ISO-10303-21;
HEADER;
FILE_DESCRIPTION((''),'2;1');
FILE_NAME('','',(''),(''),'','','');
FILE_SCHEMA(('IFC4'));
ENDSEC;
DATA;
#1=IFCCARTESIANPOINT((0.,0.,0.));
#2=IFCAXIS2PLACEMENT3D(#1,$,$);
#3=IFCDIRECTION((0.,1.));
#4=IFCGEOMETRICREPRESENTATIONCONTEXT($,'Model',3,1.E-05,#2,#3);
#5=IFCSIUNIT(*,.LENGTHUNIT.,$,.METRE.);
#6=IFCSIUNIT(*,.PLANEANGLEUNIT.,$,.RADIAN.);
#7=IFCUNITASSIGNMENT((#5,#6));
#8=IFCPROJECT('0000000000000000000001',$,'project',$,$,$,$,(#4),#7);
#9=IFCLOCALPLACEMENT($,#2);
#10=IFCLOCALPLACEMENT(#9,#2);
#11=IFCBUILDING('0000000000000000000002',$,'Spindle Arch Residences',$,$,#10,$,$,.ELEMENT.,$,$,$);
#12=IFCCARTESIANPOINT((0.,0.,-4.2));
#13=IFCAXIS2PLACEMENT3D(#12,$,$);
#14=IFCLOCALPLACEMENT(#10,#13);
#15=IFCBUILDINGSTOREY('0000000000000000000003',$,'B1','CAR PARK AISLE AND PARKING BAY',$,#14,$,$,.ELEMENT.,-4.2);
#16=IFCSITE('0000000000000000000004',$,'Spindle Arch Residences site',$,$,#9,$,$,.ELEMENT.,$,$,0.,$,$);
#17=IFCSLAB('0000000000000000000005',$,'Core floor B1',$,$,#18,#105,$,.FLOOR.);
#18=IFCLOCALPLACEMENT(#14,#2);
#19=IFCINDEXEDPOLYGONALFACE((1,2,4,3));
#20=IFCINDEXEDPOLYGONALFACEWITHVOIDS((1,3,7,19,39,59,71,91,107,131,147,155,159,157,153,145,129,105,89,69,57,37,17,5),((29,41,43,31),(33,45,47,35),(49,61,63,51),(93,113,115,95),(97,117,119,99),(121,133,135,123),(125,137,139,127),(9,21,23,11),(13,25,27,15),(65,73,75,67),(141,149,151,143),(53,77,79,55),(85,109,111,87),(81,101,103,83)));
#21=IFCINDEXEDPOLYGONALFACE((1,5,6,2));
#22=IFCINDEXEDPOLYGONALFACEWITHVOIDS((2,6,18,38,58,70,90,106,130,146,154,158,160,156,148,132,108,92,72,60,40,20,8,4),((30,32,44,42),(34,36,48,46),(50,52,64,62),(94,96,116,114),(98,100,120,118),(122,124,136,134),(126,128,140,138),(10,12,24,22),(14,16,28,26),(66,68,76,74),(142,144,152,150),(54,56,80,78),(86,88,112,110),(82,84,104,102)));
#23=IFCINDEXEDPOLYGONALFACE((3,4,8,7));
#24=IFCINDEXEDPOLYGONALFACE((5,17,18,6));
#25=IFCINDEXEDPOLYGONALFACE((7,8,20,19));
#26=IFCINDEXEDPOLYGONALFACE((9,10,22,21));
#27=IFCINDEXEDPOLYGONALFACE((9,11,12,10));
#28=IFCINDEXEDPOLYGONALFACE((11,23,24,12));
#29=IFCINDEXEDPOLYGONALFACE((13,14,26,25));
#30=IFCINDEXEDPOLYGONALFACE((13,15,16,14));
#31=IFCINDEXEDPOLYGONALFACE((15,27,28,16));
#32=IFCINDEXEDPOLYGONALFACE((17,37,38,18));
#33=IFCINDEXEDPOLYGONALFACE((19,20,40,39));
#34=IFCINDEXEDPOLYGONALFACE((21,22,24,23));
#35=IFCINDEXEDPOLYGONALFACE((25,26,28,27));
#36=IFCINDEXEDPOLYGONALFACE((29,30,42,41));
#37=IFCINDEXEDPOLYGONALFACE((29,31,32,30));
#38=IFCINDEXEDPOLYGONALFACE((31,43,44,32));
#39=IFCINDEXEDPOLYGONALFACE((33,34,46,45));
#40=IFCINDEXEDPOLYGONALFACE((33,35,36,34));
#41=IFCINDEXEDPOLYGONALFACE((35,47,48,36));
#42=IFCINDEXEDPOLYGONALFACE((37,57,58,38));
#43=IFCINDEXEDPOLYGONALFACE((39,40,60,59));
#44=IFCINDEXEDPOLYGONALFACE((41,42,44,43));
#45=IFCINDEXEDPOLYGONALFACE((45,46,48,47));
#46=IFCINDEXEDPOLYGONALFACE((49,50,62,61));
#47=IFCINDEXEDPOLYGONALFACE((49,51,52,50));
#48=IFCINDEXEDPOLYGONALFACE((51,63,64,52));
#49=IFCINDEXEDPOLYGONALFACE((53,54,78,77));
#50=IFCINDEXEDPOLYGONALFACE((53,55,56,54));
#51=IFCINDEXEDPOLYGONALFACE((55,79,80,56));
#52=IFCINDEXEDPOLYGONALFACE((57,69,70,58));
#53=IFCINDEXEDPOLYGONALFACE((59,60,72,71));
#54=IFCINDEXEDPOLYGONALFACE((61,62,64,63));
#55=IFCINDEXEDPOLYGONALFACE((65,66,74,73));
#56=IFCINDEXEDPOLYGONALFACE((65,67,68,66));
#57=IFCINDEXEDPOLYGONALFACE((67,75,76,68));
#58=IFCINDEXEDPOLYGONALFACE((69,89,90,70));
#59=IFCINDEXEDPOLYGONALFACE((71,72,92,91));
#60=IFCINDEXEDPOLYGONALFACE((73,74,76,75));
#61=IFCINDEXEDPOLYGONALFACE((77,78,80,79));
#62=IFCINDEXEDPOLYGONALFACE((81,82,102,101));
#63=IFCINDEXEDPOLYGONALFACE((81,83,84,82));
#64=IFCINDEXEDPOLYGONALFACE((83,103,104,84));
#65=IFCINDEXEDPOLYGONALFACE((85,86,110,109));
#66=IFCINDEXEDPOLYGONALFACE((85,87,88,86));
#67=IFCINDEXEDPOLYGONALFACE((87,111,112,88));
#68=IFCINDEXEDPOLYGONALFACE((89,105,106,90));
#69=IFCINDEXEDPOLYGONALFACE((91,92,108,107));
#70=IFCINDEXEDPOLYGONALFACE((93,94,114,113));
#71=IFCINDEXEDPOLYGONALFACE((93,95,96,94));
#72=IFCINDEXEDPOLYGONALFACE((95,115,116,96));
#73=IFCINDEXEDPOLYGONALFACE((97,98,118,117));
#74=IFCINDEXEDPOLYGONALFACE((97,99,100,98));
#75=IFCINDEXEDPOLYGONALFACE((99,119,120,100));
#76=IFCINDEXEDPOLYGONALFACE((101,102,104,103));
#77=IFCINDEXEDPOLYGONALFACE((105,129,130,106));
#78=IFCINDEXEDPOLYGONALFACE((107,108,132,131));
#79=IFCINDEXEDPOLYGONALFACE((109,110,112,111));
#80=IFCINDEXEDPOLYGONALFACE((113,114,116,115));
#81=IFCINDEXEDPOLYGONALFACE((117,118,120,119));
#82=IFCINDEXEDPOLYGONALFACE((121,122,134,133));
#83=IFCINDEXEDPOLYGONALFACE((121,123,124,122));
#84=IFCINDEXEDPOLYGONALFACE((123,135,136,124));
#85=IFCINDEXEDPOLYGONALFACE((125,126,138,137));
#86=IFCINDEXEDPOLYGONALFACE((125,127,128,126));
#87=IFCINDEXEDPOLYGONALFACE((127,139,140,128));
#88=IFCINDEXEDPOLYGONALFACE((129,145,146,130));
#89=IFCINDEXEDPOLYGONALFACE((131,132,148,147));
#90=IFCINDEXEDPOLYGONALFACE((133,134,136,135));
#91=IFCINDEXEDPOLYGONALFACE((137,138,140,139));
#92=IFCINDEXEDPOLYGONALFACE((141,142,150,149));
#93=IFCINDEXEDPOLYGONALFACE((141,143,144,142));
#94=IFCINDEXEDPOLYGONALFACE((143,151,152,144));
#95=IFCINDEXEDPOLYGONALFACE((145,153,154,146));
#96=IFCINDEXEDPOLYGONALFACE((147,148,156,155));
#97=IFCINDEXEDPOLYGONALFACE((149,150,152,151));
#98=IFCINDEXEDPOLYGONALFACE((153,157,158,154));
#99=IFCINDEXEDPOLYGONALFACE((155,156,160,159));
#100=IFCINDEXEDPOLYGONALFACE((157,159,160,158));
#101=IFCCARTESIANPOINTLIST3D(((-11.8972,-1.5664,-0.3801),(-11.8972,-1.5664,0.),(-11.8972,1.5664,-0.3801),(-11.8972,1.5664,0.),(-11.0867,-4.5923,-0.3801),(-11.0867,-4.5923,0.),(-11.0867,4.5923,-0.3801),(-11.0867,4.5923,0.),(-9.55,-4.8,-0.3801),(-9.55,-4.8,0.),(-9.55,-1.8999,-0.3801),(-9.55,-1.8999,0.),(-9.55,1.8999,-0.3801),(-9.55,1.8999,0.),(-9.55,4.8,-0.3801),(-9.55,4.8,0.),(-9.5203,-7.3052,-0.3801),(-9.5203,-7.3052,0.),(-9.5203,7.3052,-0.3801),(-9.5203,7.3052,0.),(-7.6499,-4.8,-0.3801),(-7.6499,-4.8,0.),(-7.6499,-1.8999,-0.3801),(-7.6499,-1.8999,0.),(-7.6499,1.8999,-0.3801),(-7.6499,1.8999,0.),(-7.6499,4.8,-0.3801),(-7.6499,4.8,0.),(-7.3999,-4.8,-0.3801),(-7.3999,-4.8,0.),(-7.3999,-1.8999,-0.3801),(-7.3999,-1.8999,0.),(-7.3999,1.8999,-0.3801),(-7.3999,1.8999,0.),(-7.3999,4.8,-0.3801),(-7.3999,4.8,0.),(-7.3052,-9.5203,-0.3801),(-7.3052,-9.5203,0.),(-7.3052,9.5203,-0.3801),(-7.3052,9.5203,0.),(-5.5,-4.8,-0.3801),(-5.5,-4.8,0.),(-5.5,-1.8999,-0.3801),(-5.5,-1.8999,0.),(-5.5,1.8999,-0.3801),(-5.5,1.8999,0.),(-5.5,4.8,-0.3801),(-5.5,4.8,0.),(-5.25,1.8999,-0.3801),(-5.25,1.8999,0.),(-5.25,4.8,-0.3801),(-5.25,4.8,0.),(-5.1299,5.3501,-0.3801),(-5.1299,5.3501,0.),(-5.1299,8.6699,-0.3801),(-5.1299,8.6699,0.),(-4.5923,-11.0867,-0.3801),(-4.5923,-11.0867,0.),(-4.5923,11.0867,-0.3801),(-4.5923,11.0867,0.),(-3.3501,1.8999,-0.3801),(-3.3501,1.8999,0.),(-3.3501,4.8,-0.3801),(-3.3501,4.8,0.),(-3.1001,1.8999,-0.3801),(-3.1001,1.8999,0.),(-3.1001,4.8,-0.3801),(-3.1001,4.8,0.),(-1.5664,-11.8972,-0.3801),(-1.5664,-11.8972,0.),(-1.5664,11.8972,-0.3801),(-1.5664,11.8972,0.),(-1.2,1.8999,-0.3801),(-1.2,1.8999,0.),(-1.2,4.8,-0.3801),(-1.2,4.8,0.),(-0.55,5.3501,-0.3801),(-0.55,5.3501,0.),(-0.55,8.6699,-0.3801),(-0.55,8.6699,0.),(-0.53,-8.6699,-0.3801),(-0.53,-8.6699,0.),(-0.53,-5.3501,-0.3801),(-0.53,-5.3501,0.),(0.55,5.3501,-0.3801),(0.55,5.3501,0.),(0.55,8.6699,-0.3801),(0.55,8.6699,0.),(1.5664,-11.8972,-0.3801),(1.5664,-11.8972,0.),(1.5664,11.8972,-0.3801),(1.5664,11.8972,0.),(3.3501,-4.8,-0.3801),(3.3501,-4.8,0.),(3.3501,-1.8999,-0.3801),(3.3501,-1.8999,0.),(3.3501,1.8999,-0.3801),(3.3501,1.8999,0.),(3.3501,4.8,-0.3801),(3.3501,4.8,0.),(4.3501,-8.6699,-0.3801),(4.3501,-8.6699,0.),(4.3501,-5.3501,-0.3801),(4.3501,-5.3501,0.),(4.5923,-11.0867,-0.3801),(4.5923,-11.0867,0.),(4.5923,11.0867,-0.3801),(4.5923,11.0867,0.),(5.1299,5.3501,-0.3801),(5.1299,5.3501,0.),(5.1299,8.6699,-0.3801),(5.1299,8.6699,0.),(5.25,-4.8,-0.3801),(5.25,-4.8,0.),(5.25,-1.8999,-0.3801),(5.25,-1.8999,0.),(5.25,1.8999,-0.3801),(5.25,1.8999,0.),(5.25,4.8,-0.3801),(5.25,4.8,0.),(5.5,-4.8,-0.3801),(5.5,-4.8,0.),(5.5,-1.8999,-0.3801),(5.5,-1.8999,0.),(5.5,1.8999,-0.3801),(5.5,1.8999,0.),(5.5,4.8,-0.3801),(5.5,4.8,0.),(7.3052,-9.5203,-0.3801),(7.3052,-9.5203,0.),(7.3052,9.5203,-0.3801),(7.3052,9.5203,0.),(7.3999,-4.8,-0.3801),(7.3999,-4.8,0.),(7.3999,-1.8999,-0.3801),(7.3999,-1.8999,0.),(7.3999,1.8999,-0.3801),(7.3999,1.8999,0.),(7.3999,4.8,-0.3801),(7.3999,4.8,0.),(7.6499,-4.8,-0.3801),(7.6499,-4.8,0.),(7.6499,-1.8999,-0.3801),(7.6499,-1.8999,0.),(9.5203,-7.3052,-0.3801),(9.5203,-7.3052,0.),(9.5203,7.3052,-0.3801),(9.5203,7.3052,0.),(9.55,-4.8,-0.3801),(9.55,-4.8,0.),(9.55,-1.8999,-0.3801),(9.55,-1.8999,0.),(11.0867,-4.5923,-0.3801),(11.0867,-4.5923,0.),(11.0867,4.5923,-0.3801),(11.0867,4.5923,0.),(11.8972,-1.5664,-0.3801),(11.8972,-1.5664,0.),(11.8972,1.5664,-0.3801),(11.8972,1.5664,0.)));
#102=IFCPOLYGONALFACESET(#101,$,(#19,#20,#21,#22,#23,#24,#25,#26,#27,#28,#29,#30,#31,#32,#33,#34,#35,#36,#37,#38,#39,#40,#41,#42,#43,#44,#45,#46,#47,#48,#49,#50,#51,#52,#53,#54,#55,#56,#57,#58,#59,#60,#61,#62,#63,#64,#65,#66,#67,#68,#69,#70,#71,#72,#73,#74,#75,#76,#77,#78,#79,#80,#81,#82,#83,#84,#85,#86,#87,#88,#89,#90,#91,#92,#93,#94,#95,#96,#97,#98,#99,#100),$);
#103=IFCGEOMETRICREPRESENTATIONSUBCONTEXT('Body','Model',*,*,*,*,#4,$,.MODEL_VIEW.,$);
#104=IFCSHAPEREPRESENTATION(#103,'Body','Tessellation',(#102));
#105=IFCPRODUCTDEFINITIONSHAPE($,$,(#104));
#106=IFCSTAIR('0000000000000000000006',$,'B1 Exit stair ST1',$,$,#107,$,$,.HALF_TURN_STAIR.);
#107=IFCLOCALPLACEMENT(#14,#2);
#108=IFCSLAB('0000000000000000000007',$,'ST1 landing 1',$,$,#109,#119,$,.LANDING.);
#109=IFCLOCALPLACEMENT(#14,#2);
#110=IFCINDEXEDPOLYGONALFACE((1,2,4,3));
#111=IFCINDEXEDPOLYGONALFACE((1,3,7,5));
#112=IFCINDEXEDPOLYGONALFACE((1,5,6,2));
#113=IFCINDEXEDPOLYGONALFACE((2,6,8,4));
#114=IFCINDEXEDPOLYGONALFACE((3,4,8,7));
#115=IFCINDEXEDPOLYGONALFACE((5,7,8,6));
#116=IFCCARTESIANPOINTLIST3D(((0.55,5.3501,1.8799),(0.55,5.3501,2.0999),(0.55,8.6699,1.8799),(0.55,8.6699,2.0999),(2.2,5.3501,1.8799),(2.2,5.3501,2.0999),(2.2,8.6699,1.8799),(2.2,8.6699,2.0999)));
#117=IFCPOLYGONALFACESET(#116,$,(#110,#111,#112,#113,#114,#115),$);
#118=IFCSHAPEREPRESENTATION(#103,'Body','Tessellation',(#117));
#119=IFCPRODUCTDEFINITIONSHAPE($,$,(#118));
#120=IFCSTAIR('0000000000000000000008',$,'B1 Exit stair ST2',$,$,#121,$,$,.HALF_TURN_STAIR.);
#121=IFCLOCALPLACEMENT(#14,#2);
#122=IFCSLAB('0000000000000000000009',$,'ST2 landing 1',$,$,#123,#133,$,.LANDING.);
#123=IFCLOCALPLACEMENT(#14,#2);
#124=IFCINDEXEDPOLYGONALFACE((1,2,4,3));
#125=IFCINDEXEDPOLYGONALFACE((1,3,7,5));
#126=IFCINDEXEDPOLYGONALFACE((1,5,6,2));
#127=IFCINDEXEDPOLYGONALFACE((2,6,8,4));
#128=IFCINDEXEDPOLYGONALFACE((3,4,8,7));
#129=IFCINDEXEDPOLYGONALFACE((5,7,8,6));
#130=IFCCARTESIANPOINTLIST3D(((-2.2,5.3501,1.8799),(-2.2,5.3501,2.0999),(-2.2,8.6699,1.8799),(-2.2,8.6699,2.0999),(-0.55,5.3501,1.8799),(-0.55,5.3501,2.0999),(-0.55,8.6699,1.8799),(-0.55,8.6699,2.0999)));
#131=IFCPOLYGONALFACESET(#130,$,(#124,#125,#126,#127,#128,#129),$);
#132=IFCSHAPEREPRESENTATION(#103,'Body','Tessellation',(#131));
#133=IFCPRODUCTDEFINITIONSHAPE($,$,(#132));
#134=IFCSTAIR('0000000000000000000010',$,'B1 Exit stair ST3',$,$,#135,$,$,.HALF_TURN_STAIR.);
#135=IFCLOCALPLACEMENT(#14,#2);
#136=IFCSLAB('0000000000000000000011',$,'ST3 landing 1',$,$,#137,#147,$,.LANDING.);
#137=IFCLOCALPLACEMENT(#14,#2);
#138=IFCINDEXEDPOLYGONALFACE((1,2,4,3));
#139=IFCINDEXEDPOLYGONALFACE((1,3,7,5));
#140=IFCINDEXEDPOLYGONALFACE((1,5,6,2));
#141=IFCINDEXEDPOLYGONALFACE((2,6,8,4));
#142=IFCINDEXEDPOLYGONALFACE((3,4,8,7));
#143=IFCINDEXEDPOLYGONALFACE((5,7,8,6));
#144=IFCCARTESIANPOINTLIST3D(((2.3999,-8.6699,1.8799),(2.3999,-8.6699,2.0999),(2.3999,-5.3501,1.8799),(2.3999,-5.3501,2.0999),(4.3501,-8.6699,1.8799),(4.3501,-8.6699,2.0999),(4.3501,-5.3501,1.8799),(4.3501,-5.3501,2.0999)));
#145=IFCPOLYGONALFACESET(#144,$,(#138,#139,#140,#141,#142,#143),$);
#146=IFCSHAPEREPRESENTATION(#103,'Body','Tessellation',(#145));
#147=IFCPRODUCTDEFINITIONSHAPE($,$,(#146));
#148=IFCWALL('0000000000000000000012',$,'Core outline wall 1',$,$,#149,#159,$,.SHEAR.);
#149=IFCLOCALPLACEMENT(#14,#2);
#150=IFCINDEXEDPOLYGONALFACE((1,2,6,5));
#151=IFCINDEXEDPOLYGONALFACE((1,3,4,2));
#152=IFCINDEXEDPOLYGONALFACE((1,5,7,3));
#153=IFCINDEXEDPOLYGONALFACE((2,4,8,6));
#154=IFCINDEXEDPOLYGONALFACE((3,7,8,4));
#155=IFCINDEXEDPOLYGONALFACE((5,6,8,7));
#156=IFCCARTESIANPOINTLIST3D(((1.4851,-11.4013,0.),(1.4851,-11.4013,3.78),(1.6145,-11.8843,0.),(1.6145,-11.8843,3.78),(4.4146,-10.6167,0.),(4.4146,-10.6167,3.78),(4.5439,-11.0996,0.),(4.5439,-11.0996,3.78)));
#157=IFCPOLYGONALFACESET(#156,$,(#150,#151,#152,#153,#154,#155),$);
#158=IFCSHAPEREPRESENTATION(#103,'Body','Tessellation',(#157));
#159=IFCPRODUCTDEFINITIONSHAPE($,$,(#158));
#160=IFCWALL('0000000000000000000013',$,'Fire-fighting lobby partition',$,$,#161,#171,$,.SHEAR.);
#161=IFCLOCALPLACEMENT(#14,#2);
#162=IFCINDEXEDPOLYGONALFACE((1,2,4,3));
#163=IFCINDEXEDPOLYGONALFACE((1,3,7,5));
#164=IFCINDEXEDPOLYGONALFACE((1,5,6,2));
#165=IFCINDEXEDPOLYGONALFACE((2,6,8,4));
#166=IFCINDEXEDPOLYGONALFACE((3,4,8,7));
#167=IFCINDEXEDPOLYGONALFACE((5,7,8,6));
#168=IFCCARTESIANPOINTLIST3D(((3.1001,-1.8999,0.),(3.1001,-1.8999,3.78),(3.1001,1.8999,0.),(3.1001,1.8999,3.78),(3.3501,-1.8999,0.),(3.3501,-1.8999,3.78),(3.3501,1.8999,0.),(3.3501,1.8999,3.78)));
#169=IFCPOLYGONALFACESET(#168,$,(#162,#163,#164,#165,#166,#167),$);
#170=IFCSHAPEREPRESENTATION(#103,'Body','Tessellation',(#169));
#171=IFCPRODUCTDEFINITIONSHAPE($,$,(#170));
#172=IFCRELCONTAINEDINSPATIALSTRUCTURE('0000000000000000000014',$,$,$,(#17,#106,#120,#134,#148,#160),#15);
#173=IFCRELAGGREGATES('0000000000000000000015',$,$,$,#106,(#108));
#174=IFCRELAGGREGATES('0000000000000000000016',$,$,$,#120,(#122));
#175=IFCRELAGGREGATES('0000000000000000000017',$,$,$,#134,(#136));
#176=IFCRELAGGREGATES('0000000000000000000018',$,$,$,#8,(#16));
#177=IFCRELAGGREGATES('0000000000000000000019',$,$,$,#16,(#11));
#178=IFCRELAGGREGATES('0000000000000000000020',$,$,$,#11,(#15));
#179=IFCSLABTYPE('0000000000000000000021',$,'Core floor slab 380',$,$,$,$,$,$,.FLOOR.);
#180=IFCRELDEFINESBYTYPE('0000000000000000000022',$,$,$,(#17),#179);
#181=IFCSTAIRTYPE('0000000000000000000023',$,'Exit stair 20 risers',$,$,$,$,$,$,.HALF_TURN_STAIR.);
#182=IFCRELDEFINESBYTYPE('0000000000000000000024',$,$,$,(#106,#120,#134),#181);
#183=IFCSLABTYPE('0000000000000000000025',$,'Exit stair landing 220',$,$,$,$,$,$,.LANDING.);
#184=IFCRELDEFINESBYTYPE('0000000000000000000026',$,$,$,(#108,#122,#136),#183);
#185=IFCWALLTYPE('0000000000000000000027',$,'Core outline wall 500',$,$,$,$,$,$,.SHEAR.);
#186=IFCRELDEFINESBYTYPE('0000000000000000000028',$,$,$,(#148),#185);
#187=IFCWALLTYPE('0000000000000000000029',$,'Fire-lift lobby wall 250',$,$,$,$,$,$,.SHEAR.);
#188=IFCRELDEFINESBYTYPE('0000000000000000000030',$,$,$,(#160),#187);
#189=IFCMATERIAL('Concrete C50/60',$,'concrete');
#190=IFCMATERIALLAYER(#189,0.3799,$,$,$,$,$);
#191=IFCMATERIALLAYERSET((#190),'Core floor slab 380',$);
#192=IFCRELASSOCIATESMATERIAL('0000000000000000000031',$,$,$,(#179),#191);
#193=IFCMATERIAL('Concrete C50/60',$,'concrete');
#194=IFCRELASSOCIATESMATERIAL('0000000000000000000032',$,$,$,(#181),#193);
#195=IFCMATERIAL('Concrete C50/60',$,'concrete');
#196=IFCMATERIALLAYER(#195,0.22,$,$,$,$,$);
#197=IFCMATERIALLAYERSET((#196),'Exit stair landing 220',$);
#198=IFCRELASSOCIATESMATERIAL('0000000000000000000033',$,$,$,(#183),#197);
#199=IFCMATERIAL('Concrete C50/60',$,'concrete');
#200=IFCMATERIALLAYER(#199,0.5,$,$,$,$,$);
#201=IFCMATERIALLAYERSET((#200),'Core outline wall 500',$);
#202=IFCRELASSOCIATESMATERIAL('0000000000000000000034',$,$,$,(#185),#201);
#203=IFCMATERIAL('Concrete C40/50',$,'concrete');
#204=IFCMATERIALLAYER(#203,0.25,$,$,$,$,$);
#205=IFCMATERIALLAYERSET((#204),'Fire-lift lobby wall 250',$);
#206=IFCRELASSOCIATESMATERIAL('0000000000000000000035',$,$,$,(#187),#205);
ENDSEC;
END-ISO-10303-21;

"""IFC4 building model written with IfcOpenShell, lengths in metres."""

from ifc_helpers import new_model, si_unit, direction, frame, frame_2d, origin, place, context, subcontext, project, spatial, polyline, rectangle, outline, extrude, material, layer, layer_set, type_object, element, aggregate, save


model = new_model("IFC4")

# Units and contexts
model_context = context("Model", 3, precision=1e-05, world=origin(), true_north=direction((0.0, 1.0)))
body_context = subcontext(model_context, "Body", "Model", "MODEL_VIEW")
ifc_project = project(units=[si_unit("LENGTHUNIT", "METRE"), si_unit("PLANEANGLEUNIT", "RADIAN")], contexts=[model_context])

# Site, building, storey
site_placement = place(None, origin())
site = spatial("IfcSite", under=ifc_project, at=site_placement, Name="Spindle Arch Residences site", CompositionType="ELEMENT", RefElevation=0.0)
building_placement = place(site_placement, origin())
building = spatial("IfcBuilding", under=site, at=building_placement, Name="Spindle Arch Residences", CompositionType="ELEMENT")
storey_placement = place(building_placement, frame((0.0, 0.0, -4.2)))
storey = spatial("IfcBuildingStorey", under=building, at=storey_placement, Name="B1", Description="CAR PARK AISLE AND PARKING BAY", CompositionType="ELEMENT", Elevation=-4.2)

# Slab
ifc_material_1 = material(Name="Concrete C50/60", Category="concrete")
ifc_layer_1 = layer(ifc_material_1, 0.3799)
ifc_layer_set_1 = layer_set([ifc_layer_1], Name="Core floor slab 380")
slab_type_1 = type_object("IfcSlabType", Name="Core floor slab 380", PredefinedType="FLOOR", material=ifc_layer_set_1)
slab_1_placement = place(storey_placement, frame((0.0, 0.0, -0.3801)))
element("IfcSlab", 1, at=slab_1_placement, inside=storey, type_object=slab_type_1, Name="Core floor B1", PredefinedType="FLOOR", context=body_context, shape_type="SweptSolid", body=[
    extrude(outline(polyline([(1.5664, -11.8972), (4.5923, -11.0867), (7.3052, -9.5203), (9.5203, -7.3052), (11.0867, -4.5923), (11.8972, -1.5664), (11.8972, 1.5664), (11.0867, 4.5923), (9.5203, 7.3052), (7.3052, 9.5203), (4.5923, 11.0867), (1.5664, 11.8972), (-1.5664, 11.8972), (-4.5923, 11.0867), (-7.3052, 9.5203), (-9.5203, 7.3052), (-11.0867, 4.5923), (-11.8972, 1.5664), (-11.8972, -1.5664), (-11.0867, -4.5923), (-9.5203, -7.3052), (-7.3052, -9.5203), (-4.5923, -11.0867), (-1.5664, -11.8972), (1.5664, -11.8972)]), holes=[polyline([(-9.55, 1.8999), (-7.6499, 1.8999), (-7.6499, 4.8), (-9.55, 4.8), (-9.55, 1.8999)]), polyline([(-7.3999, 1.8999), (-5.5, 1.8999), (-5.5, 4.8), (-7.3999, 4.8), (-7.3999, 1.8999)]), polyline([(-5.25, 1.8999), (-3.3501, 1.8999), (-3.3501, 4.8), (-5.25, 4.8), (-5.25, 1.8999)]), polyline([(-3.1001, 1.8999), (-1.2, 1.8999), (-1.2, 4.8), (-3.1001, 4.8), (-3.1001, 1.8999)]), polyline([(3.3501, 1.8999), (5.25, 1.8999), (5.25, 4.8), (3.3501, 4.8), (3.3501, 1.8999)]), polyline([(5.5, 1.8999), (7.3999, 1.8999), (7.3999, 4.8), (5.5, 4.8), (5.5, 1.8999)]), polyline([(-9.55, -4.8), (-7.6499, -4.8), (-7.6499, -1.8999), (-9.55, -1.8999), (-9.55, -4.8)]), polyline([(-7.3999, -4.8), (-5.5, -4.8), (-5.5, -1.8999), (-7.3999, -1.8999), (-7.3999, -4.8)]), polyline([(3.3501, -4.8), (5.25, -4.8), (5.25, -1.8999), (3.3501, -1.8999), (3.3501, -4.8)]), polyline([(5.5, -4.8), (7.3999, -4.8), (7.3999, -1.8999), (5.5, -1.8999), (5.5, -4.8)]), polyline([(7.6499, -4.8), (9.55, -4.8), (9.55, -1.8999), (7.6499, -1.8999), (7.6499, -4.8)]), polyline([(5.1299, 8.6699), (0.55, 8.6699), (0.55, 5.3501), (5.1299, 5.3501), (5.1299, 8.6699)]), polyline([(-5.1299, 5.3501), (-0.55, 5.3501), (-0.55, 8.6699), (-5.1299, 8.6699), (-5.1299, 5.3501)]), polyline([(-0.53, -8.6699), (4.3501, -8.6699), (4.3501, -5.3501), (-0.53, -5.3501), (-0.53, -8.6699)])]), origin(), (0.0, 0.0, 1.0), 0.3801),
])

# Stairs, slabs
ifc_material_2 = material(Name="Concrete C50/60", Category="concrete")
stair_type = type_object("IfcStairType", Name="Exit stair 20 risers", PredefinedType="HALF_TURN_STAIR", material=ifc_material_2)
stair_1_placement = place(storey_placement, origin())
stair_1 = element("IfcStair", 2, at=stair_1_placement, inside=storey, type_object=stair_type, Name="B1 Exit stair ST1", PredefinedType="HALF_TURN_STAIR")
ifc_material_3 = material(Name="Concrete C50/60", Category="concrete")
ifc_layer_2 = layer(ifc_material_3, 0.22)
ifc_layer_set_2 = layer_set([ifc_layer_2], Name="Exit stair landing 220")
slab_type_2 = type_object("IfcSlabType", Name="Exit stair landing 220", PredefinedType="LANDING", material=ifc_layer_set_2)
slab_2_placement = place(storey_placement, frame((0.0, 0.0, 1.8799)))
slab_2 = element("IfcSlab", 3, at=slab_2_placement, type_object=slab_type_2, Name="ST1 landing 1", PredefinedType="LANDING", context=body_context, shape_type="SweptSolid", body=[
    extrude(outline(polyline([(2.2, 8.6699), (0.55, 8.6699), (0.55, 5.3501), (2.2, 5.3501), (2.2, 8.6699)])), origin(), (0.0, 0.0, 1.0), 0.22),
])
aggregate(stair_1, [slab_2])
stair_2_placement = place(storey_placement, origin())
stair_2 = element("IfcStair", 4, at=stair_2_placement, inside=storey, type_object=stair_type, Name="B1 Exit stair ST2", PredefinedType="HALF_TURN_STAIR")
slab_3_placement = place(storey_placement, frame((0.0, 0.0, 1.8799)))
slab_3 = element("IfcSlab", 5, at=slab_3_placement, type_object=slab_type_2, Name="ST2 landing 1", PredefinedType="LANDING", context=body_context, shape_type="SweptSolid", body=[
    extrude(outline(polyline([(-2.2, 5.3501), (-0.55, 5.3501), (-0.55, 8.6699), (-2.2, 8.6699), (-2.2, 5.3501)])), origin(), (0.0, 0.0, 1.0), 0.22),
])
aggregate(stair_2, [slab_3])
stair_3_placement = place(storey_placement, origin())
stair_3 = element("IfcStair", 6, at=stair_3_placement, inside=storey, type_object=stair_type, Name="B1 Exit stair ST3", PredefinedType="HALF_TURN_STAIR")
slab_4_placement = place(storey_placement, frame((0.0, 0.0, 1.8799)))
slab_4 = element("IfcSlab", 7, at=slab_4_placement, type_object=slab_type_2, Name="ST3 landing 1", PredefinedType="LANDING", context=body_context, shape_type="SweptSolid", body=[
    extrude(outline(polyline([(2.3999, -8.6699), (4.3501, -8.6699), (4.3501, -5.3501), (2.3999, -5.3501), (2.3999, -8.6699)])), origin(), (0.0, 0.0, 1.0), 0.22),
])

# Walls
ifc_material_4 = material(Name="Concrete C50/60", Category="concrete")
ifc_layer_3 = layer(ifc_material_4, 0.5)
ifc_layer_set_3 = layer_set([ifc_layer_3], Name="Core outline wall 500")
wall_type_1 = type_object("IfcWallType", Name="Core outline wall 500", PredefinedType="SHEAR", material=ifc_layer_set_3)
wall_1_placement = place(storey_placement, frame((1.5498, -11.6428, 0.0), z_axis=(0.0, 0.0, 1.0), x_axis=(0.965948, 0.258735, 0.0)))
element("IfcWall", 8, at=wall_1_placement, inside=storey, type_object=wall_type_1, Name="Core outline wall 1", PredefinedType="SHEAR", context=body_context, shape_type="SweptSolid", body=[
    extrude(rectangle(XDim=3.0327, YDim=0.5, at=frame_2d((1.5164, 0.0))), origin(), (0.0, 0.0, 1.0), 3.78),
])
ifc_material_5 = material(Name="Concrete C40/50", Category="concrete")
ifc_layer_4 = layer(ifc_material_5, 0.25)
ifc_layer_set_4 = layer_set([ifc_layer_4], Name="Fire-lift lobby wall 250")
wall_type_2 = type_object("IfcWallType", Name="Fire-lift lobby wall 250", PredefinedType="SHEAR", material=ifc_layer_set_4)
wall_2_placement = place(storey_placement, frame((3.2251, -1.8999, 0.0), z_axis=(0.0, 0.0, 1.0), x_axis=(0.0, 1.0, 0.0)))
element("IfcWall", 9, at=wall_2_placement, inside=storey, type_object=wall_type_2, Name="Fire-fighting lobby partition", PredefinedType="SHEAR", context=body_context, shape_type="SweptSolid", body=[
    extrude(rectangle(XDim=3.7998, YDim=0.25, at=frame_2d((1.8999, 0.0))), origin(), (0.0, 0.0, 1.0), 3.78),
])

aggregate(stair_3, [slab_4])

save(model, "model.ifc")
